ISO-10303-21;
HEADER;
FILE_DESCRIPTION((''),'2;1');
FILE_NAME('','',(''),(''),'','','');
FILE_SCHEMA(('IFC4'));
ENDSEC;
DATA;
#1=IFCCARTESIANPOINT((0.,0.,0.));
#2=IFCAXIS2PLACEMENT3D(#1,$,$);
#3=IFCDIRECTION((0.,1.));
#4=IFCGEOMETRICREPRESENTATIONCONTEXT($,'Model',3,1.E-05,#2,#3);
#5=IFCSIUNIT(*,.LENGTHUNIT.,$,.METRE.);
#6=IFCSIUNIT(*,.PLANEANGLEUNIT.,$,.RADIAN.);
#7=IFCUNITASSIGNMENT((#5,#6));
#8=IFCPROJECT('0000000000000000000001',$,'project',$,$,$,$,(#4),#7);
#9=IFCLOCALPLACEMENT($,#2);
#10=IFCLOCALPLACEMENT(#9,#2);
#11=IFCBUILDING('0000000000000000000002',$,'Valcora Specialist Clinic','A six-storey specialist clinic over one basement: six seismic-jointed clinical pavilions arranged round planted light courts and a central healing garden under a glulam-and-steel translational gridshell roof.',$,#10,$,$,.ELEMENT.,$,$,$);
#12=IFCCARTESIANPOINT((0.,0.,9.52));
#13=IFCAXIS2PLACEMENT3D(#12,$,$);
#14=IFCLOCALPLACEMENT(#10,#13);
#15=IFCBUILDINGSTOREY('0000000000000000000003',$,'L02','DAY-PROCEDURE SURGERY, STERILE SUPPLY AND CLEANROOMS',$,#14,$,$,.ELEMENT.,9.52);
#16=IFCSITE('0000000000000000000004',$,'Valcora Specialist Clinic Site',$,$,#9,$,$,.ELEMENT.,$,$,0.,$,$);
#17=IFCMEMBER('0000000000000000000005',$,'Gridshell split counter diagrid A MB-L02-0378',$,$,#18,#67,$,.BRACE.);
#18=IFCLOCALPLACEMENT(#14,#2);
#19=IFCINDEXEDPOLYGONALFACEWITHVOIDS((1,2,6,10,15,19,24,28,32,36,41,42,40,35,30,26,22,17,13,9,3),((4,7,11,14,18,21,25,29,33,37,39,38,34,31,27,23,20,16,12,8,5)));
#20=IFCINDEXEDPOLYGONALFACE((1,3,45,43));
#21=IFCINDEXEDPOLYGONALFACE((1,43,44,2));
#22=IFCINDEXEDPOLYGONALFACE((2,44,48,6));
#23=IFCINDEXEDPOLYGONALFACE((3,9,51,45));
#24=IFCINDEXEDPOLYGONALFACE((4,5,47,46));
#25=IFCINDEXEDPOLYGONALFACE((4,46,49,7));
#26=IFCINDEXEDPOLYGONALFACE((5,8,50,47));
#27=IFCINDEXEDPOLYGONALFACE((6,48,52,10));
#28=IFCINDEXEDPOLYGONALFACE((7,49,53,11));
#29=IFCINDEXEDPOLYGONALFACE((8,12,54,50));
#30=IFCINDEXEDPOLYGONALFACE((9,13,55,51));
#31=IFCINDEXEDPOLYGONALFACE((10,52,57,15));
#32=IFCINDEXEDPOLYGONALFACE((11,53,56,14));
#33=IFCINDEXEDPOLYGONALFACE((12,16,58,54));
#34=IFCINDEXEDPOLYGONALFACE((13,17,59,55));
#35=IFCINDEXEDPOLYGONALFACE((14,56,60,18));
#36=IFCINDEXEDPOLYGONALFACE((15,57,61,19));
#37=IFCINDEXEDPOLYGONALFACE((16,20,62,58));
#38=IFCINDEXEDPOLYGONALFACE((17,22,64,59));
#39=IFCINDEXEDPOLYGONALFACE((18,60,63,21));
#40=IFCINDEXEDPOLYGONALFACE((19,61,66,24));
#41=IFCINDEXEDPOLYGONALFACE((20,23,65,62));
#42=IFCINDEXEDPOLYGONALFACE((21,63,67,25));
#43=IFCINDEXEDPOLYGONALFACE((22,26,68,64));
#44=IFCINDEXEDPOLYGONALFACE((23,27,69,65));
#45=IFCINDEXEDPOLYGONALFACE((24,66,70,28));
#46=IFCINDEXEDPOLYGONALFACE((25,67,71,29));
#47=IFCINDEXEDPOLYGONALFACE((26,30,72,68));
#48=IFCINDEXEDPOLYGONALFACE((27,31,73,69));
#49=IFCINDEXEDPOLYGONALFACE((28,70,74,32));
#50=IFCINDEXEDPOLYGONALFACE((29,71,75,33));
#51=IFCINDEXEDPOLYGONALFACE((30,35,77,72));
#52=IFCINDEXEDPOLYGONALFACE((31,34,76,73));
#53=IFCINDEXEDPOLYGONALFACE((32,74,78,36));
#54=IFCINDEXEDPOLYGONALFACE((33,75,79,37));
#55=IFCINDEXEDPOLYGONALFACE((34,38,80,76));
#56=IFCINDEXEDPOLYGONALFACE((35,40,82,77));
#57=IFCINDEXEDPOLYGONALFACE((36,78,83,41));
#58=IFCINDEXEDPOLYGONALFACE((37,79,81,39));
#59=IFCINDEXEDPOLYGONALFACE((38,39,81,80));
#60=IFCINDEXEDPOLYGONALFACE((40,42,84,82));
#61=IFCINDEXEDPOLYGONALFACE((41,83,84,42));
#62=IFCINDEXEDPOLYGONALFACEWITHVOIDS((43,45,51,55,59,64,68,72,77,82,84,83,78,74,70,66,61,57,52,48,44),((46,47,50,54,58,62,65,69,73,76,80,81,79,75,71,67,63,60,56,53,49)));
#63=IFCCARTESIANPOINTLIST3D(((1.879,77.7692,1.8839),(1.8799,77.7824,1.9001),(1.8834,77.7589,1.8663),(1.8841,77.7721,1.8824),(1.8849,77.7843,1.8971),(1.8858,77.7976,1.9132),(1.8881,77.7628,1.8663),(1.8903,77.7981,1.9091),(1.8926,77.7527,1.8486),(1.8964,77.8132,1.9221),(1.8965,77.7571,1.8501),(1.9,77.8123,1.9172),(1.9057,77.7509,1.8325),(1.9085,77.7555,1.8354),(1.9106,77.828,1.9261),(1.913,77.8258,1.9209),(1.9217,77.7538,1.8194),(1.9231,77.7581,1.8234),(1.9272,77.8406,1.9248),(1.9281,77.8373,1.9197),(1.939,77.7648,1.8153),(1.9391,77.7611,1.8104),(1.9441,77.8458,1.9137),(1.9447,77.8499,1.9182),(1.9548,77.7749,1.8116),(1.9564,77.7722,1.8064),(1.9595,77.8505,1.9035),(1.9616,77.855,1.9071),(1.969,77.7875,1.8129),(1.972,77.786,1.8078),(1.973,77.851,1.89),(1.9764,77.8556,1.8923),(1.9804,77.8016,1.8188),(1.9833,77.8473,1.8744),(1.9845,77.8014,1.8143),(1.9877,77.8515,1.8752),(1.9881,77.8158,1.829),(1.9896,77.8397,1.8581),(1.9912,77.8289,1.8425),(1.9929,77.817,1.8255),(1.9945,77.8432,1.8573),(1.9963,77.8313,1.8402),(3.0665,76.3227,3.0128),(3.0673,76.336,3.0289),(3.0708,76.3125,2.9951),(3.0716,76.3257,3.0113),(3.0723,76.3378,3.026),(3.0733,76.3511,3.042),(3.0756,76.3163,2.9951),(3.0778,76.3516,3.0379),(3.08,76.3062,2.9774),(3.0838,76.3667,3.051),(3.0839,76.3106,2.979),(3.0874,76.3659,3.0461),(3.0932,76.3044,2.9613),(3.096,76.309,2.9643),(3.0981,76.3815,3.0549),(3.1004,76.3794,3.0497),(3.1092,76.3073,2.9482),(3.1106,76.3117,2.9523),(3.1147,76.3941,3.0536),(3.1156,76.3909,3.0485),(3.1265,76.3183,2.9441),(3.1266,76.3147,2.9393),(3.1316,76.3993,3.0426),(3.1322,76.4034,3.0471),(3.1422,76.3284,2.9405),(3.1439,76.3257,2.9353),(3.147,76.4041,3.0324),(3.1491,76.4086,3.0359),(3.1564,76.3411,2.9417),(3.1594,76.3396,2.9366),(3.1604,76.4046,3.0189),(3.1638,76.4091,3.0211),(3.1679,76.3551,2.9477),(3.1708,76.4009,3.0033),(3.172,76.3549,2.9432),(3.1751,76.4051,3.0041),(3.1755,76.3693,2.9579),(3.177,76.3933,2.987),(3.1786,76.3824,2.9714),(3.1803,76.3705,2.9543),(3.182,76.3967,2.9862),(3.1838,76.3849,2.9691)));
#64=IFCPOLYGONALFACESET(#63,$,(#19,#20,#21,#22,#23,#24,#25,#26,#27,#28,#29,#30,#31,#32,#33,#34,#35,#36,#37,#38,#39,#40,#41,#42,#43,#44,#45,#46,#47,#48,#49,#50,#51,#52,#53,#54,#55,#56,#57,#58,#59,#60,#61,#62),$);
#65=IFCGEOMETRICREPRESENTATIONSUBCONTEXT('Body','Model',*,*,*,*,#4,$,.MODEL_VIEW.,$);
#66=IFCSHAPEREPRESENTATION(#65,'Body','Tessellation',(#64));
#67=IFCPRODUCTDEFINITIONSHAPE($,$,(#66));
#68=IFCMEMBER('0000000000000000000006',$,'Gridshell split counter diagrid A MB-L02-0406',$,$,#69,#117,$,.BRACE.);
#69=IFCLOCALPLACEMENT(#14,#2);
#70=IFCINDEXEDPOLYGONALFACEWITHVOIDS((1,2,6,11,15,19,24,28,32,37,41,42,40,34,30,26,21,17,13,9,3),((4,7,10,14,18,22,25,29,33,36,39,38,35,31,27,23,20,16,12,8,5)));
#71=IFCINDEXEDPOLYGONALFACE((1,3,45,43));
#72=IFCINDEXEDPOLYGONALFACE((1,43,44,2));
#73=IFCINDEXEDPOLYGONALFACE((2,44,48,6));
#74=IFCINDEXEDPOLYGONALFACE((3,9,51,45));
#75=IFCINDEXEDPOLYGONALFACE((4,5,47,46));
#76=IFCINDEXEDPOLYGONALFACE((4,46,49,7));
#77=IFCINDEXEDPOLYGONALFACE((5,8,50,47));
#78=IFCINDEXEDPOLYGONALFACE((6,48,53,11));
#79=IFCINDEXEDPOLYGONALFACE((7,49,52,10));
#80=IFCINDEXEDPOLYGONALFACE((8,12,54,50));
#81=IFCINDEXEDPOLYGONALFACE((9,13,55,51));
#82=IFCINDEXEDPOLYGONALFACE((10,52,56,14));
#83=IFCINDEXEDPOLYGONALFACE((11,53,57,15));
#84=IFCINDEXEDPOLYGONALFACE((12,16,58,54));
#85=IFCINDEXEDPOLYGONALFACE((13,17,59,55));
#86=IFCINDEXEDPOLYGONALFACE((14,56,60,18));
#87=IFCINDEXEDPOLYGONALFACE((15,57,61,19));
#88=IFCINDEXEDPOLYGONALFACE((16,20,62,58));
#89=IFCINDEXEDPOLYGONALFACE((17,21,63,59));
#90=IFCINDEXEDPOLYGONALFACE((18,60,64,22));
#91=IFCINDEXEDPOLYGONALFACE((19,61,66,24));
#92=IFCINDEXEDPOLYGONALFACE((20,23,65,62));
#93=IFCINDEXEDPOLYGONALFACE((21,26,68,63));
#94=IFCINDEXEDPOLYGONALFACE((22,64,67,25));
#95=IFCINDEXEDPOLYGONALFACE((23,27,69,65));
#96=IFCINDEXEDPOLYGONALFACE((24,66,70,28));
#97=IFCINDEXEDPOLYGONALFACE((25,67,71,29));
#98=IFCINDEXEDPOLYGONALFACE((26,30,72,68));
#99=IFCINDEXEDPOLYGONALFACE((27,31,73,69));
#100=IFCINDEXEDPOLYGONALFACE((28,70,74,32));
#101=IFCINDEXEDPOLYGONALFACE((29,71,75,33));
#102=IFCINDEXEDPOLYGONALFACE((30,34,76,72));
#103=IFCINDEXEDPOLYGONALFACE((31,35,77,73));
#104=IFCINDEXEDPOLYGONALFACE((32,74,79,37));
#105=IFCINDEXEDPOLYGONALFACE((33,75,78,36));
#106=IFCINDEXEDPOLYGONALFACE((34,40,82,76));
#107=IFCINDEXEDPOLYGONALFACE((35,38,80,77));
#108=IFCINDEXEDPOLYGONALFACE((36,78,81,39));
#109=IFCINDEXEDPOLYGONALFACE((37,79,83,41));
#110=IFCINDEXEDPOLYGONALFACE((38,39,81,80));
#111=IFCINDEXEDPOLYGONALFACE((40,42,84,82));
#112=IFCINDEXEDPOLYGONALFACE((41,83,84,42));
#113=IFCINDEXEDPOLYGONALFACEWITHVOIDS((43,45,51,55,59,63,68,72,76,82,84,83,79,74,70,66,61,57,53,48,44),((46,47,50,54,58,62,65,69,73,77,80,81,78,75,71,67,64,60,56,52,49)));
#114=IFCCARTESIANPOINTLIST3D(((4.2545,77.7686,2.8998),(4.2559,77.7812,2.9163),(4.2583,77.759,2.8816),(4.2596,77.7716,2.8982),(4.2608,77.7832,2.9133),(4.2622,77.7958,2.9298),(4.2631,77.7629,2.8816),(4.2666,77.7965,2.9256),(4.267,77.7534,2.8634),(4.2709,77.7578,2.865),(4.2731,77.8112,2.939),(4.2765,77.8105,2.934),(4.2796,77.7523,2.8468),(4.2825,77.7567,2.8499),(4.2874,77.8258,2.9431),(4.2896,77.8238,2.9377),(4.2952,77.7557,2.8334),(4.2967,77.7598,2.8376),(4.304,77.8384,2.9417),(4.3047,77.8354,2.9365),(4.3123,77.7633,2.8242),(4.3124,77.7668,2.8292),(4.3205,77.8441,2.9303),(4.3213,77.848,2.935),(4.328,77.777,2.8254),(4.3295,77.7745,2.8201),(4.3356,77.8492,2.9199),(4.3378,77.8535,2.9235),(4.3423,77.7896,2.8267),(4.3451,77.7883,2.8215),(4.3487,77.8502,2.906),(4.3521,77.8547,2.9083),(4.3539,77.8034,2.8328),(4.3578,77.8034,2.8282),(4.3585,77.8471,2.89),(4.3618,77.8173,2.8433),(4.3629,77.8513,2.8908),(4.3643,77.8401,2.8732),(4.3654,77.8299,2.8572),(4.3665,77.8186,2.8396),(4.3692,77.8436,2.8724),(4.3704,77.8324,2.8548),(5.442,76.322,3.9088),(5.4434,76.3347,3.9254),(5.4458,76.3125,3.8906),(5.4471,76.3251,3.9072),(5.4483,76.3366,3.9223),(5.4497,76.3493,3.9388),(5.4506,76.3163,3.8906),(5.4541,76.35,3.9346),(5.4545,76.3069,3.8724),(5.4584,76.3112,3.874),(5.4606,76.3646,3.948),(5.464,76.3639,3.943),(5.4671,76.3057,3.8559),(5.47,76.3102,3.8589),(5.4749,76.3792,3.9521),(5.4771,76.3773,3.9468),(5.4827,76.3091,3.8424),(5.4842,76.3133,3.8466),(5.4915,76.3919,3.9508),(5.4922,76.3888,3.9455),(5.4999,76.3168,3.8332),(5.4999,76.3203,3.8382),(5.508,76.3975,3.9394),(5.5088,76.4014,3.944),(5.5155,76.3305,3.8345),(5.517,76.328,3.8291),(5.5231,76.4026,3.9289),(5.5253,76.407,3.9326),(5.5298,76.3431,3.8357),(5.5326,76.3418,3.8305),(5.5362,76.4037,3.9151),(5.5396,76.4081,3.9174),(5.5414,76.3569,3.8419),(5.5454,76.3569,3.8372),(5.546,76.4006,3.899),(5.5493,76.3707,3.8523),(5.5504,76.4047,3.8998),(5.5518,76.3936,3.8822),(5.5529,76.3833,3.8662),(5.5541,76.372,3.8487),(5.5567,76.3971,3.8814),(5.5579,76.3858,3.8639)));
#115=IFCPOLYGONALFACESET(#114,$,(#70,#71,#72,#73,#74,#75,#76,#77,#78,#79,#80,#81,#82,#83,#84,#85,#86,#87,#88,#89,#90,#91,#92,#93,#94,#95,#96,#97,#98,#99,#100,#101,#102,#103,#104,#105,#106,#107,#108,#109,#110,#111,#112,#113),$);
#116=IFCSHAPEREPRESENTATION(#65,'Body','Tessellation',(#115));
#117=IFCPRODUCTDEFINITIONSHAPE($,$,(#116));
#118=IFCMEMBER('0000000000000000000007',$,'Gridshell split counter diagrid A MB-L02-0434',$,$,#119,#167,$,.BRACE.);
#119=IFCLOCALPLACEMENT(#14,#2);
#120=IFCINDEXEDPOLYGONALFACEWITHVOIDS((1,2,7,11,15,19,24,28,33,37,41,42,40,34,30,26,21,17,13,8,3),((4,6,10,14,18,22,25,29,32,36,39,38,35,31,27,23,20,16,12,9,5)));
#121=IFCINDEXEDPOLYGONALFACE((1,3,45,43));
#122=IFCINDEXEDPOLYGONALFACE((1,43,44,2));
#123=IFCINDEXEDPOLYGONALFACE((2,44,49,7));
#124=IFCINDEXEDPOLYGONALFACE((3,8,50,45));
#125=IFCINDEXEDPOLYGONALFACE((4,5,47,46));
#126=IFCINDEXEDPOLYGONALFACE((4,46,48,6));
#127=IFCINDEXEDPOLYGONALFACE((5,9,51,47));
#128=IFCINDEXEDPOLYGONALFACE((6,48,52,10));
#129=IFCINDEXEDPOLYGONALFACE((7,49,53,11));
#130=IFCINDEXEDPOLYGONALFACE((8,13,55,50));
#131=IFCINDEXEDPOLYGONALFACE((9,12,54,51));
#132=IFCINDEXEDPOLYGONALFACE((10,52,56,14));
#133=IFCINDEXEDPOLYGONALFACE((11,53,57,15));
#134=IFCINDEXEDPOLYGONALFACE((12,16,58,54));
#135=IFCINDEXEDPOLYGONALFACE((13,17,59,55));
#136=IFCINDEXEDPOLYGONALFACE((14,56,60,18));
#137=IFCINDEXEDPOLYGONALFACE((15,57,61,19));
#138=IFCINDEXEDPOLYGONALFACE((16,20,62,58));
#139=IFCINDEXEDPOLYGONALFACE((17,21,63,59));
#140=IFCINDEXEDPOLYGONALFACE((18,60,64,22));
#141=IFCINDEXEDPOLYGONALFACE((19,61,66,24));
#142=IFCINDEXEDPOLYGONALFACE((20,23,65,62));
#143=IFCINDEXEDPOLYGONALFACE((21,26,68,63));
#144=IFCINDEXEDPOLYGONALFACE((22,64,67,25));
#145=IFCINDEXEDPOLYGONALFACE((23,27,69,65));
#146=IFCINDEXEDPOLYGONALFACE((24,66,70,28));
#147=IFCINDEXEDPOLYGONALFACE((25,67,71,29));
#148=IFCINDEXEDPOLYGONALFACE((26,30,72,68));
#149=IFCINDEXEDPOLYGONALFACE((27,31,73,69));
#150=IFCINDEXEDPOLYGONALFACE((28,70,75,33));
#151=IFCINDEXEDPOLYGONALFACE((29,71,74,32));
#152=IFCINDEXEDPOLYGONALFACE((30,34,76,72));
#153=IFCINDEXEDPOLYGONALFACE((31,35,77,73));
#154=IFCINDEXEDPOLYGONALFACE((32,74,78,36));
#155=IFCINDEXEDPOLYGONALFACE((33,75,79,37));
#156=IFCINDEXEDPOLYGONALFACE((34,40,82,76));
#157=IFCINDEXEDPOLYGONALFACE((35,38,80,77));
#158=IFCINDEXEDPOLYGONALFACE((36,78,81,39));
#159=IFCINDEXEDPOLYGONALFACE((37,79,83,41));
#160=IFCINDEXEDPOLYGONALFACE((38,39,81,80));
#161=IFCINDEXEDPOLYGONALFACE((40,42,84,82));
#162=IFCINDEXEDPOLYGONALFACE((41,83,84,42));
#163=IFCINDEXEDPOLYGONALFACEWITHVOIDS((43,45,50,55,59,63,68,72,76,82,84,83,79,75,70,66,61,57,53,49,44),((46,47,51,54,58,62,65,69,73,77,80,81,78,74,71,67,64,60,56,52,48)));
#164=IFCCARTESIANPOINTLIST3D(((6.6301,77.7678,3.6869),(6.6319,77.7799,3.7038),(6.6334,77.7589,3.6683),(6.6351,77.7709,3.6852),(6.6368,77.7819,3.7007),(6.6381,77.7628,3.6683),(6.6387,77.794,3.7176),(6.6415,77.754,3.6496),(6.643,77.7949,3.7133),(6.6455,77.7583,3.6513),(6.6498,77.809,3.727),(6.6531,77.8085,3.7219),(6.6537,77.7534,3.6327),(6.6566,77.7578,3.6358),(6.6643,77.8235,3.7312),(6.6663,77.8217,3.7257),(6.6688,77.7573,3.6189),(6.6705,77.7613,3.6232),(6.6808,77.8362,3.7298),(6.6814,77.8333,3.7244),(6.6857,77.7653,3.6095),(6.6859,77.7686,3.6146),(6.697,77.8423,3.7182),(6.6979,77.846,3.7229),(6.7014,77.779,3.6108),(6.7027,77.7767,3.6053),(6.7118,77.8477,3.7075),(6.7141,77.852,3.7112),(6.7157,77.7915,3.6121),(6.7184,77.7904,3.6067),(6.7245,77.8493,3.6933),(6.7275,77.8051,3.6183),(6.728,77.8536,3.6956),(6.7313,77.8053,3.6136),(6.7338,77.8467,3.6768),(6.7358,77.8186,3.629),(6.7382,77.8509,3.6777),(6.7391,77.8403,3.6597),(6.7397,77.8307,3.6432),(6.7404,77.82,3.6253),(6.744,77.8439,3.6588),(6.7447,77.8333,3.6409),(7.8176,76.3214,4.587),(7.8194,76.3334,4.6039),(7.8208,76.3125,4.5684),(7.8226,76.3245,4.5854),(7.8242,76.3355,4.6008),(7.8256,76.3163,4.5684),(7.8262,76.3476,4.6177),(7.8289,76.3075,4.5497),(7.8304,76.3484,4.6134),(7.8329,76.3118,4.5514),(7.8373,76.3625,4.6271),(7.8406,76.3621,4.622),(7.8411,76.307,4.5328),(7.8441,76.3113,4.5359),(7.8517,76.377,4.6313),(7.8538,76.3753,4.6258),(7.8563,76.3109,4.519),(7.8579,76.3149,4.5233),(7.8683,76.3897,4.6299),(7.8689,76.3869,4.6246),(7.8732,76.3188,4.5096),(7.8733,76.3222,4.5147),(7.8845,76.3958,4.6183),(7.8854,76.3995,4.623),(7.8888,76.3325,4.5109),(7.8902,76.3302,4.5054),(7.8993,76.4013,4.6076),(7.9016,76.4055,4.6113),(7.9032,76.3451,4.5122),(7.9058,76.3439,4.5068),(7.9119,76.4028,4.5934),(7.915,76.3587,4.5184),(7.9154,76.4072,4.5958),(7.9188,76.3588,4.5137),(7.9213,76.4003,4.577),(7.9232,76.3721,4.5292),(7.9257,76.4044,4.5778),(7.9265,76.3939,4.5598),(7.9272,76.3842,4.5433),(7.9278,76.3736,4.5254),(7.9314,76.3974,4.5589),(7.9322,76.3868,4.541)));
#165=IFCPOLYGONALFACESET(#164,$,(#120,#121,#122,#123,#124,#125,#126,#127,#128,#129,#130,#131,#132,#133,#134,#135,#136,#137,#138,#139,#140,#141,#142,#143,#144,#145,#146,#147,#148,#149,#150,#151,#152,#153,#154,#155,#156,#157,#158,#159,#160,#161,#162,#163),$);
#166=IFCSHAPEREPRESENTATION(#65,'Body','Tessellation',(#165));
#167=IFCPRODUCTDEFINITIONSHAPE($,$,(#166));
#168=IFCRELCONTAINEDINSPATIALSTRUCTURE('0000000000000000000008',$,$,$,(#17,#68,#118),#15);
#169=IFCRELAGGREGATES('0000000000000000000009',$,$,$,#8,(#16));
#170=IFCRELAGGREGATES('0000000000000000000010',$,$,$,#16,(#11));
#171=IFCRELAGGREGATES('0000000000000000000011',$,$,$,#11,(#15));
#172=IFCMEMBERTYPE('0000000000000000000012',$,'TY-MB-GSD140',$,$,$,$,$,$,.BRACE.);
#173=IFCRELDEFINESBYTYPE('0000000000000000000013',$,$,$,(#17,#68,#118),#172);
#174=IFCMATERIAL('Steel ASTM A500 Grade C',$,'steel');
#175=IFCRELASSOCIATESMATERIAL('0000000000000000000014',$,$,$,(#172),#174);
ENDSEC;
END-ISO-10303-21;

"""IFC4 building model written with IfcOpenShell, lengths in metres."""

from ifc_helpers import new_model, si_unit, direction, frame, origin, origin_2d, place, context, subcontext, project, spatial, hollow_circle, extrude, material, material_profile, profile_set, type_object, element, save


model = new_model("IFC4")

# Units and contexts
model_context = context("Model", 3, precision=1e-05, world=origin(), true_north=direction((0.0, 1.0)))
body_context = subcontext(model_context, "Body", "Model", "MODEL_VIEW")
ifc_project = project(units=[si_unit("LENGTHUNIT", "METRE"), si_unit("PLANEANGLEUNIT", "RADIAN")], contexts=[model_context])

# Site, building, storey
site_placement = place(None, origin())
site = spatial("IfcSite", under=ifc_project, at=site_placement, Name="Valcora Specialist Clinic Site", CompositionType="ELEMENT", RefElevation=0.0)
building_placement = place(site_placement, origin())
building = spatial("IfcBuilding", under=site, at=building_placement, Name="Valcora Specialist Clinic", Description="A six-storey specialist clinic over one basement: six seismic-jointed clinical pavilions arranged round planted light courts and a central healing garden under a glulam-and-steel translational gridshell roof.", CompositionType="ELEMENT")
storey_placement = place(building_placement, frame((0.0, 0.0, 9.52)))
storey = spatial("IfcBuildingStorey", under=building, at=storey_placement, Name="L02", Description="DAY-PROCEDURE SURGERY, STERILE SUPPLY AND CLEANROOMS", CompositionType="ELEMENT", Elevation=9.52)

# Members
ifc_material_1 = material(Name="Steel ASTM A500 Grade C", Category="steel")
ifc_material_profile_1 = material_profile(ifc_material_1, hollow_circle(Radius=0.0701, WallThickness=0.0061, at=origin_2d()), Name="ST-CHS-140X6")
ifc_profile_set_1 = profile_set([ifc_material_profile_1], Name="Steel ASTM A500 Grade C")
member_type_1 = type_object("IfcMemberType", Name="TY-MB-GSD140", PredefinedType="BRACE", material=ifc_profile_set_1)
member_1_placement = place(storey_placement, frame((3.125, 76.3569, 2.9951), z_axis=(-0.543318, 0.661834, -0.516509), x_axis=(-0.772916, -0.634508, 0.0)))
element("IfcMember", 1, at=member_1_placement, inside=storey, type_object=member_type_1, Name="Gridshell split counter diagrid A MB-L02-0378", PredefinedType="BRACE", context=body_context, shape_type="SweptSolid", body=[
    extrude(hollow_circle(Radius=0.0701, WallThickness=0.0061, at=origin_2d()), origin(), (0.0, 0.0, 1.0), 2.1855),
])
member_2_placement = place(storey_placement, frame((5.5, 76.3569, 3.8906), z_axis=(-0.558506, 0.680335, -0.474569), x_axis=(-0.772916, -0.634508, 0.0)))
element("IfcMember", 2, at=member_2_placement, inside=storey, type_object=member_type_1, Name="Gridshell split counter diagrid A MB-L02-0406", PredefinedType="BRACE", context=body_context, shape_type="SweptSolid", body=[
    extrude(hollow_circle(Radius=0.0701, WallThickness=0.0061, at=origin_2d()), origin(), (0.0, 0.0, 1.0), 2.1262),
])
member_3_placement = place(storey_placement, frame((7.875, 76.3569, 4.5684), z_axis=(-0.571808, 0.696538, -0.433441), x_axis=(-0.772916, -0.634508, 0.0)))
element("IfcMember", 3, at=member_3_placement, inside=storey, type_object=member_type_1, Name="Gridshell split counter diagrid A MB-L02-0434", PredefinedType="BRACE", context=body_context, shape_type="SweptSolid", body=[
    extrude(hollow_circle(Radius=0.0701, WallThickness=0.0061, at=origin_2d()), origin(), (0.0, 0.0, 1.0), 2.0767),
])

save(model, "model.ifc")
